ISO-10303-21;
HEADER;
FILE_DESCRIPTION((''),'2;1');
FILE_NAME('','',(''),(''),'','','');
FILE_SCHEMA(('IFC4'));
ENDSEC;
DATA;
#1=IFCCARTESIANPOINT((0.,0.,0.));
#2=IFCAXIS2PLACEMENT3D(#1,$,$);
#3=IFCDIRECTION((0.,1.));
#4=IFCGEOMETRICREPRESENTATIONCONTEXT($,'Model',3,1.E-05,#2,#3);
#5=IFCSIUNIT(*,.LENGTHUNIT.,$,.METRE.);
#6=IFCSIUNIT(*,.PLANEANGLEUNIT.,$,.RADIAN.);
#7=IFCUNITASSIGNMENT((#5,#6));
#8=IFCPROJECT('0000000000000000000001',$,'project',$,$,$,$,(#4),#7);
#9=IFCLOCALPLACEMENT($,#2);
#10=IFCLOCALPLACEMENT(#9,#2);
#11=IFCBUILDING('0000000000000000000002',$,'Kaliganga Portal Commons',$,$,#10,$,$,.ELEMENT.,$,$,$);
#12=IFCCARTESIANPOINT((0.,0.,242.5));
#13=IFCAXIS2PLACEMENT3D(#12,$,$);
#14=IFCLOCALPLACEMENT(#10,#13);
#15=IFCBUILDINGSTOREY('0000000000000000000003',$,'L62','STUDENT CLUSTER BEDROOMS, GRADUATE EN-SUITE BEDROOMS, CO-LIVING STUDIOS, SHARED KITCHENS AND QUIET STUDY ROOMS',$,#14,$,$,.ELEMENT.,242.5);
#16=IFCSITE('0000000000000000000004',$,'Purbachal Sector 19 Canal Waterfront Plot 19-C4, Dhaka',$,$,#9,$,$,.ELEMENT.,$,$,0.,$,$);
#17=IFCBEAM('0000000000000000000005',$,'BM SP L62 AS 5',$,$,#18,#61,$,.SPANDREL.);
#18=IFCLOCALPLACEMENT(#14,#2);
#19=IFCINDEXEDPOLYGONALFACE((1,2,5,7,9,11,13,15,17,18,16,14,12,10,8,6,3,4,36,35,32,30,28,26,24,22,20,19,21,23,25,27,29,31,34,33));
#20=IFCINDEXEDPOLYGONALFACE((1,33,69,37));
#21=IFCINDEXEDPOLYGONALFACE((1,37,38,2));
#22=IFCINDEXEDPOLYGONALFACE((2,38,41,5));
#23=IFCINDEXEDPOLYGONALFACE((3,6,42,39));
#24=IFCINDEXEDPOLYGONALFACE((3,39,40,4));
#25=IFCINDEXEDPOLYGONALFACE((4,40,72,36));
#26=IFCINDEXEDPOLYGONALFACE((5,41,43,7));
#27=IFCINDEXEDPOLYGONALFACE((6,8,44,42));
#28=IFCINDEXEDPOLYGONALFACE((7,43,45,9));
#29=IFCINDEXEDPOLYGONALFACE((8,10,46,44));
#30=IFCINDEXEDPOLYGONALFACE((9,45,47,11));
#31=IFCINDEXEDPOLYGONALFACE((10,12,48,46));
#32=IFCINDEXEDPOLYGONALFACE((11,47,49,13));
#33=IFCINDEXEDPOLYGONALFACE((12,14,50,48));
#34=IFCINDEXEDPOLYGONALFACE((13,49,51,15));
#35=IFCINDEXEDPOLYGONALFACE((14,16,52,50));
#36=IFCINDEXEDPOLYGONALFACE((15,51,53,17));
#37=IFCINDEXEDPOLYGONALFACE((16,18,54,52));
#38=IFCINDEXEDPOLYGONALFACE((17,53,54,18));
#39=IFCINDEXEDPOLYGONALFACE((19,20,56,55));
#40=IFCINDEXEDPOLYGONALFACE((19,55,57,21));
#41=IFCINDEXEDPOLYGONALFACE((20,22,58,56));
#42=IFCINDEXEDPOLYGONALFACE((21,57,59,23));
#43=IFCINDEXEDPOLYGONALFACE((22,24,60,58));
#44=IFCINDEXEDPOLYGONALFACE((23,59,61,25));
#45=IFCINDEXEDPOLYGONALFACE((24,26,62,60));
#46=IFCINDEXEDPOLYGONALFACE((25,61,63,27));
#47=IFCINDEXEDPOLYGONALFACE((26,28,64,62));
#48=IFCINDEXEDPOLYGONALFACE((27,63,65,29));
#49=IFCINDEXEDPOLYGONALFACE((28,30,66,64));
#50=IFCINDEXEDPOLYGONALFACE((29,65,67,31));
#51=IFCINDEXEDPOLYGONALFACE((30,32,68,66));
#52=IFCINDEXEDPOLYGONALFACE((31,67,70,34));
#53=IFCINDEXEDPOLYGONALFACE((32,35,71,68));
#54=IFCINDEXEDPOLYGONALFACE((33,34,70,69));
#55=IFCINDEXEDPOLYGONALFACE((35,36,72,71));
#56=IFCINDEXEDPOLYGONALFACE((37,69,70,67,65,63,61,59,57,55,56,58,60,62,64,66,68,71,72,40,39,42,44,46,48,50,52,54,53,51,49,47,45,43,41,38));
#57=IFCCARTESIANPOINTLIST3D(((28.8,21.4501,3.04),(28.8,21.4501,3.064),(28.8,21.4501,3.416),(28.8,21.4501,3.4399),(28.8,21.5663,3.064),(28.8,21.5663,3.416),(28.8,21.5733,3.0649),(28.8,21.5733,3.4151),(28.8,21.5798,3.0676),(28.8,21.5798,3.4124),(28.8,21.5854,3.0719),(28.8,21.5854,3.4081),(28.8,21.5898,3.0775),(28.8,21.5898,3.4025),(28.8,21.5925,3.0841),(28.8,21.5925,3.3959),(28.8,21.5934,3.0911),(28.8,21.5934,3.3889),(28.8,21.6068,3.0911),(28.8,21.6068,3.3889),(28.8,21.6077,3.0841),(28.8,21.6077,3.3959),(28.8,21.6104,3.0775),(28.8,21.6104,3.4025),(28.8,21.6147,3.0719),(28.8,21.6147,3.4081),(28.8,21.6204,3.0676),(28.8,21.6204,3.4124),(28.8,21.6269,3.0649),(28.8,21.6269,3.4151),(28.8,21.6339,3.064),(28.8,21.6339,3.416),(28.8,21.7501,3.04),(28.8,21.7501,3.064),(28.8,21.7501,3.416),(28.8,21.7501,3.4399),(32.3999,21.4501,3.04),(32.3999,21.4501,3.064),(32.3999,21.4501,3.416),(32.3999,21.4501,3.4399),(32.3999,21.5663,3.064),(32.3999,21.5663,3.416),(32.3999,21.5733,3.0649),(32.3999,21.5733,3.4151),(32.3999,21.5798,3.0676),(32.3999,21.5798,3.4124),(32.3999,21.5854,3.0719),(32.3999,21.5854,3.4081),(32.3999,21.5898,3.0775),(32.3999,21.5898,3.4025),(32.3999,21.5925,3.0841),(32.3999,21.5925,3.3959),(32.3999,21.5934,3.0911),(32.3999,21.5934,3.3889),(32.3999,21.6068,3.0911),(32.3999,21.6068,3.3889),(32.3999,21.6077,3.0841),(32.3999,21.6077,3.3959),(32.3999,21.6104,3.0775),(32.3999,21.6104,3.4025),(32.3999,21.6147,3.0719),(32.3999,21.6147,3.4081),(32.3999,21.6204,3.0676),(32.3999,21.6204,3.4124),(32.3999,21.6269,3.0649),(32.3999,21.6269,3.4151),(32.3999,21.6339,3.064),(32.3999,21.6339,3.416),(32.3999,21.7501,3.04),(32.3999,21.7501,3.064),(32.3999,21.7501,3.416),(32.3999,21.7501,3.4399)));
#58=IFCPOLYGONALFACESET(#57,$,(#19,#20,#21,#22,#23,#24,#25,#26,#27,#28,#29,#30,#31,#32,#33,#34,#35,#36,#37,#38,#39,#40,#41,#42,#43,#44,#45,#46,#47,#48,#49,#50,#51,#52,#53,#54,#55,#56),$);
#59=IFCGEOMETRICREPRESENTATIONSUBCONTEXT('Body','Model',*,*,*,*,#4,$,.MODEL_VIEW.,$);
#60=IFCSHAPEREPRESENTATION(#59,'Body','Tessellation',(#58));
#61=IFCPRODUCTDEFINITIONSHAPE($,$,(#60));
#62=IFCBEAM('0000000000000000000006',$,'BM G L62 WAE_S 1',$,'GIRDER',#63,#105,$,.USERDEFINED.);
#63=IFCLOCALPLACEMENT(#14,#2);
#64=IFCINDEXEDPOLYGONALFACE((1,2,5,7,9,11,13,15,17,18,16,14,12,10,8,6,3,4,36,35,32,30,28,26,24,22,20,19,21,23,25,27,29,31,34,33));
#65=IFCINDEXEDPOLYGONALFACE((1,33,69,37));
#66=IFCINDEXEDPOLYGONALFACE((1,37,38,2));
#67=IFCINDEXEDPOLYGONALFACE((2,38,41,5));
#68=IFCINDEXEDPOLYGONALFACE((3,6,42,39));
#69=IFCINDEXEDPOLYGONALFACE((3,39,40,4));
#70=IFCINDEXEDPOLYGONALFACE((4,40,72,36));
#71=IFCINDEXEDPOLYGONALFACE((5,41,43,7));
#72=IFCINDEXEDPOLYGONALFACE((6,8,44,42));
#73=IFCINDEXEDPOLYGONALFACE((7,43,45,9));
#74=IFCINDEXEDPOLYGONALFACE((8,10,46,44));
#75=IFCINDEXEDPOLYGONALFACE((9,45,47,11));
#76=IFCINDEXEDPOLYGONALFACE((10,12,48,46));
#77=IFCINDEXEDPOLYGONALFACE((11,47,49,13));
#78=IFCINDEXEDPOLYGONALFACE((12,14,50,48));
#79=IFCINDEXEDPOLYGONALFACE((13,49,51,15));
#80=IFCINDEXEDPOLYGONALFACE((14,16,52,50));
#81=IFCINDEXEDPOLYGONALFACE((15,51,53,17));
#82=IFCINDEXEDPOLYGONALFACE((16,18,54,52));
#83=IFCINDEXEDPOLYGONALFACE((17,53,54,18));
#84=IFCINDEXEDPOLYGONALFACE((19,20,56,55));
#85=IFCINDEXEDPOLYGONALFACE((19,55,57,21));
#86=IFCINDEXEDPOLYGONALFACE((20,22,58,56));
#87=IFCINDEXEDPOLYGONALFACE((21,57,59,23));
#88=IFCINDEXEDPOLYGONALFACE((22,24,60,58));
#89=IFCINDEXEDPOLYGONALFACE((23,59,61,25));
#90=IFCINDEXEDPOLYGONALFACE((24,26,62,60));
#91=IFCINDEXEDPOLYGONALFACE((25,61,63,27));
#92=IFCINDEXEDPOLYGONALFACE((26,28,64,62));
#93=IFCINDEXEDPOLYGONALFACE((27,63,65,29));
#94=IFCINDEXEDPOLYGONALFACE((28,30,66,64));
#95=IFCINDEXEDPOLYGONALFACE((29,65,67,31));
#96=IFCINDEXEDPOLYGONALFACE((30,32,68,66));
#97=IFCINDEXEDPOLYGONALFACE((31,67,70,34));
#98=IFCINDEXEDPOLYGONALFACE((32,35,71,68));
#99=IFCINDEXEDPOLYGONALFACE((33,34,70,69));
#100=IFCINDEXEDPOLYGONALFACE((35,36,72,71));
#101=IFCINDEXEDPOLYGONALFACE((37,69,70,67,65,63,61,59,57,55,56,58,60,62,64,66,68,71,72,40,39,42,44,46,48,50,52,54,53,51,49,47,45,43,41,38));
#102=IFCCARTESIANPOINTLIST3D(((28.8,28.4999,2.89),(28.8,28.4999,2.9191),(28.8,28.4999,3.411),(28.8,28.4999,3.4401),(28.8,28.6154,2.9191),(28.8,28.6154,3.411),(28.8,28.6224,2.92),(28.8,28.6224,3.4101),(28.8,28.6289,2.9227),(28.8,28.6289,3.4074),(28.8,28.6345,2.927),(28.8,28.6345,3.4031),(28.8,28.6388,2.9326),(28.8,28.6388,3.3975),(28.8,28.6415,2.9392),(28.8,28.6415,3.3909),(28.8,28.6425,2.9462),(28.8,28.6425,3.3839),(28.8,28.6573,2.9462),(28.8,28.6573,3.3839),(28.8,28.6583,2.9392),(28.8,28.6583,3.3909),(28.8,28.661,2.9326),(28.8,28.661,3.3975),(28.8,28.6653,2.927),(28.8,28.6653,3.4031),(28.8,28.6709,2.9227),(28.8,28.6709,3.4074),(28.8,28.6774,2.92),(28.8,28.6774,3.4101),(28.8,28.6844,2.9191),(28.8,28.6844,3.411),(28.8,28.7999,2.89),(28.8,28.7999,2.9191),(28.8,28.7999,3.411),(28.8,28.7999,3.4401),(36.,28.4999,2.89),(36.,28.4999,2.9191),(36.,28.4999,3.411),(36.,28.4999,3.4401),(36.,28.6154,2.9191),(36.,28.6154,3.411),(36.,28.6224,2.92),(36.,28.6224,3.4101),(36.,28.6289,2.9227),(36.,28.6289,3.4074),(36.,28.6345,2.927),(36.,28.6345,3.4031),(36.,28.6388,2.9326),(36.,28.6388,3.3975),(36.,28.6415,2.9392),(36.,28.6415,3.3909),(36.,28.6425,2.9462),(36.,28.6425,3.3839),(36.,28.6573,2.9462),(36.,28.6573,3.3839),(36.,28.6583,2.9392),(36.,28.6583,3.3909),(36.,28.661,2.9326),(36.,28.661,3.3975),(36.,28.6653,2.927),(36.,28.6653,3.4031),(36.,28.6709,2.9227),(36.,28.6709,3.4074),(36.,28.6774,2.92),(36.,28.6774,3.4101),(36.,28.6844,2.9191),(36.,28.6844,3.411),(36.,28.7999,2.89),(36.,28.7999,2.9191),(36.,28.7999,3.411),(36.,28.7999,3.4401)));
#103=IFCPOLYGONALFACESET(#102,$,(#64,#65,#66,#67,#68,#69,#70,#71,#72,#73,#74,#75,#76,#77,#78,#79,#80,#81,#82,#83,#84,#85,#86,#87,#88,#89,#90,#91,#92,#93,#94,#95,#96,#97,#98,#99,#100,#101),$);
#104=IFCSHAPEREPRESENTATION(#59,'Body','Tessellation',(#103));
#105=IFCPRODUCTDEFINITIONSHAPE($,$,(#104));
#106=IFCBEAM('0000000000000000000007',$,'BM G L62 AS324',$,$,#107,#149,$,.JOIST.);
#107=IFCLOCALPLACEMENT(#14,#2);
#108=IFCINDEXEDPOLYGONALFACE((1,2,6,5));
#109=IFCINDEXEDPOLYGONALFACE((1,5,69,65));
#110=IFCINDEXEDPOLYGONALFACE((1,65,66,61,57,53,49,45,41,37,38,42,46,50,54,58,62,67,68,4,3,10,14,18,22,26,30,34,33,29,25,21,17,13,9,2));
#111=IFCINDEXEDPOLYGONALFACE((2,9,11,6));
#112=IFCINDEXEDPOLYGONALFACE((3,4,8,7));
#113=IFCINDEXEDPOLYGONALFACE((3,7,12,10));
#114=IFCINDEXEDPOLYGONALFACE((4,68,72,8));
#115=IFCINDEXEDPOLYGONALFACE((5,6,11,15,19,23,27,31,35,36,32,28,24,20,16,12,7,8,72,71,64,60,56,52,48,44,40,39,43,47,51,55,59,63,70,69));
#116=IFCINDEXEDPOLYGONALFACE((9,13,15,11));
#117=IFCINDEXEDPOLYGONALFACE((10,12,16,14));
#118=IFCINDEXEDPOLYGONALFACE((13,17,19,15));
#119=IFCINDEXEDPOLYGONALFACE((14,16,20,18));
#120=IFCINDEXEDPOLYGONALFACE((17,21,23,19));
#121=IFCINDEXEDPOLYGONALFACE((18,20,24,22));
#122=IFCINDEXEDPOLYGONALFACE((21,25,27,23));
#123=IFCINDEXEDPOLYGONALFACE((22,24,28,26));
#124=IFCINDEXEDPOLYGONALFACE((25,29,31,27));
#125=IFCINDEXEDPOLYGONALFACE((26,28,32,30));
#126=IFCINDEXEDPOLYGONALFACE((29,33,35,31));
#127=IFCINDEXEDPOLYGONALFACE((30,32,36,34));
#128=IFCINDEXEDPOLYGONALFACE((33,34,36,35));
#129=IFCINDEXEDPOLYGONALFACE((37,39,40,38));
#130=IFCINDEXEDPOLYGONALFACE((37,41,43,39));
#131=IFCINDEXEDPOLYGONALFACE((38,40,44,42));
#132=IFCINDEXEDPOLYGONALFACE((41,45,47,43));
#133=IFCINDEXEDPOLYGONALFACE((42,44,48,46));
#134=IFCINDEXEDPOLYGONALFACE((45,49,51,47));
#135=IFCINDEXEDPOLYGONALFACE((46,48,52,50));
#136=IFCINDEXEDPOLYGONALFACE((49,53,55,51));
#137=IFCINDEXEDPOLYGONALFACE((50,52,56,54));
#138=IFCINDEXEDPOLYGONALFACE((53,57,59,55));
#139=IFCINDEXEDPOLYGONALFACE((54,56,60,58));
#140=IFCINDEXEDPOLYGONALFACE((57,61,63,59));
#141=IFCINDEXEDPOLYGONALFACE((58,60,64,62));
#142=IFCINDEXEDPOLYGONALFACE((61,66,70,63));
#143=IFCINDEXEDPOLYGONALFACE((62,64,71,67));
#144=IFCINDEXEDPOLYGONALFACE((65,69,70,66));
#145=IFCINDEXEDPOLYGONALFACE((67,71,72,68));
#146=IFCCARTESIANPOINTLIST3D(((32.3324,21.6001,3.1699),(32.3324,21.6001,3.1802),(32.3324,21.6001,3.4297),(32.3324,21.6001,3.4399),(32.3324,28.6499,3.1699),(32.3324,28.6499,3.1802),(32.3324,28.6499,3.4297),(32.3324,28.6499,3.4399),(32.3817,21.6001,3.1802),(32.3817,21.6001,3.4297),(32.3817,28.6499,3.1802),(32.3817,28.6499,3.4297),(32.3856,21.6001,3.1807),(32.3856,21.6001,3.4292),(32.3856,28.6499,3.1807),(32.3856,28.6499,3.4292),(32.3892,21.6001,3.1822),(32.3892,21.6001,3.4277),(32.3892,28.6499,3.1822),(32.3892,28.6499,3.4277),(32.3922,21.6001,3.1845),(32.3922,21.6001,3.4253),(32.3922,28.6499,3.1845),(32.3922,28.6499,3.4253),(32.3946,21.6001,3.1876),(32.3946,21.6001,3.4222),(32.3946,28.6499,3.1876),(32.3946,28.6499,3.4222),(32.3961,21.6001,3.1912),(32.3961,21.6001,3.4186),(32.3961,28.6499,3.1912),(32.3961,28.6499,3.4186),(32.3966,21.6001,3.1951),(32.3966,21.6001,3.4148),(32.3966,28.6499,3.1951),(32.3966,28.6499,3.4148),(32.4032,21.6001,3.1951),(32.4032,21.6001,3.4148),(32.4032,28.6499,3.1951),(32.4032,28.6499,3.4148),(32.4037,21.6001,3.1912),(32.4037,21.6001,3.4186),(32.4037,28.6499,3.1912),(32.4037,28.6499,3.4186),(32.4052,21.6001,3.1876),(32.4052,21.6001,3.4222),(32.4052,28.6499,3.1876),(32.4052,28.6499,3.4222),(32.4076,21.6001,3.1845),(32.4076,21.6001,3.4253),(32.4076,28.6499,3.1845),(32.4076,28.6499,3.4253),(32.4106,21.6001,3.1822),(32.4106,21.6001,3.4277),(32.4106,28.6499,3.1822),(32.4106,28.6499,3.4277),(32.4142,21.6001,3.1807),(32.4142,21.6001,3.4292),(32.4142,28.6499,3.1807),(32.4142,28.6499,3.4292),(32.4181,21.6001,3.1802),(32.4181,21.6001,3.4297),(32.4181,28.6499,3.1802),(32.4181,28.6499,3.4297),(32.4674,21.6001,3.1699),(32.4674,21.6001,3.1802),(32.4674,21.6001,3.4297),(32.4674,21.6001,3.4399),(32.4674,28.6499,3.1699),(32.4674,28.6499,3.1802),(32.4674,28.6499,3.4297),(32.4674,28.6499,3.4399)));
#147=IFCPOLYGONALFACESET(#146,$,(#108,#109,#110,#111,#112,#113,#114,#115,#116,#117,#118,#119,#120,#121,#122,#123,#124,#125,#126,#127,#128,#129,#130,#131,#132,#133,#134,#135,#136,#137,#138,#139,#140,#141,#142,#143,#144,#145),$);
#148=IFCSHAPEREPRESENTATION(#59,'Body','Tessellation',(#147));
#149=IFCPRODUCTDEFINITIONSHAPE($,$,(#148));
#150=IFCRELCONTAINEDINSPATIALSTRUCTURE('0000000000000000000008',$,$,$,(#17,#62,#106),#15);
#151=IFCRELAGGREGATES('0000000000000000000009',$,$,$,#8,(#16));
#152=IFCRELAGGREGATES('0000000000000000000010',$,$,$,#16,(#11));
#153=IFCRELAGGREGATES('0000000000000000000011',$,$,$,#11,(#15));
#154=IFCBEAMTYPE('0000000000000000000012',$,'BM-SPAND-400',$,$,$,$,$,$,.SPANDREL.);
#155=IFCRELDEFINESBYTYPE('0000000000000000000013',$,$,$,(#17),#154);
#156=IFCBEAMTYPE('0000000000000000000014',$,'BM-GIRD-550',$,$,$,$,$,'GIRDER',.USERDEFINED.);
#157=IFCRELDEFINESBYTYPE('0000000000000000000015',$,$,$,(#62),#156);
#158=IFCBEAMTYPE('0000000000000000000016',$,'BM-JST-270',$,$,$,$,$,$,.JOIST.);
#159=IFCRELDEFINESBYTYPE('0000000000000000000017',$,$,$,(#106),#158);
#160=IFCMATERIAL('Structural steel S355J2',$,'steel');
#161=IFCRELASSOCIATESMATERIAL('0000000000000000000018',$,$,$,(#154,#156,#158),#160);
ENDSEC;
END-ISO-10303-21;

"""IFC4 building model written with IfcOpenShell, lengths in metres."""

from ifc_helpers import new_model, si_unit, direction, frame, origin, origin_2d, place, context, subcontext, project, spatial, i_section, extrude, source, transform, mapped, material, material_profile, profile_set, type_object, element, save


model = new_model("IFC4")

# Units and contexts
model_context = context("Model", 3, precision=1e-05, world=origin(), true_north=direction((0.0, 1.0)))
body_context = subcontext(model_context, "Body", "Model", "MODEL_VIEW")
ifc_project = project(units=[si_unit("LENGTHUNIT", "METRE"), si_unit("PLANEANGLEUNIT", "RADIAN")], contexts=[model_context])

# Site, building, storey
site_placement = place(None, origin())
site = spatial("IfcSite", under=ifc_project, at=site_placement, Name="Purbachal Sector 19 Canal Waterfront Plot 19-C4, Dhaka", CompositionType="ELEMENT", RefElevation=0.0)
building_placement = place(site_placement, origin())
building = spatial("IfcBuilding", under=site, at=building_placement, Name="Kaliganga Portal Commons", CompositionType="ELEMENT")
storey_placement = place(building_placement, frame((0.0, 0.0, 242.5)))
storey = spatial("IfcBuildingStorey", under=building, at=storey_placement, Name="L62", Description="STUDENT CLUSTER BEDROOMS, GRADUATE EN-SUITE BEDROOMS, CO-LIVING STUDIOS, SHARED KITCHENS AND QUIET STUDY ROOMS", CompositionType="ELEMENT", Elevation=242.5)

# Shared definitions
ifc_material_1 = material(Name="Structural steel S355J2", Category="steel")

# Beams
ifc_material_profile_1 = material_profile(ifc_material_1, i_section(OverallWidth=0.3, OverallDepth=0.3999, WebThickness=0.0134, FlangeThickness=0.0239, FilletRadius=0.0271, at=origin_2d()), Name="HE 400 B")
ifc_profile_set_1 = profile_set([ifc_material_profile_1], Name="Structural steel S355J2 wide-flange")
beam_type_1 = type_object("IfcBeamType", Name="BM-SPAND-400", PredefinedType="SPANDREL", material=ifc_profile_set_1)
shared_shape_1 = source(origin(), body_context, "Body", "SweptSolid", [
    extrude(i_section(OverallWidth=0.3, OverallDepth=0.3999, WebThickness=0.0134, FlangeThickness=0.0239, FilletRadius=0.0271, at=origin_2d()), origin(), (0.0, 0.0, 1.0), 3.5999),
])
beam_1_placement = place(storey_placement, frame((28.8, 21.6001, 3.24), z_axis=(1.0, 0.0, 0.0), x_axis=(0.0, 1.0, 0.0)))
element("IfcBeam", 1, at=beam_1_placement, inside=storey, type_object=beam_type_1, Name="BM SP L62 AS 5", PredefinedType="SPANDREL", context=body_context, shape_type="MappedRepresentation", body=[
    mapped(shared_shape_1, transform((0.0, 0.0, 0.0), x_axis=(1.0, 0.0, 0.0), y_axis=(0.0, 1.0, 0.0), z_axis=(0.0, 0.0, 1.0), scale=1.0)),
])
ifc_material_profile_2 = material_profile(ifc_material_1, i_section(OverallWidth=0.3, OverallDepth=0.55, WebThickness=0.0149, FlangeThickness=0.0291, FilletRadius=0.0271, at=origin_2d()), Name="HE 550 B")
ifc_profile_set_2 = profile_set([ifc_material_profile_2], Name="Structural steel S355J2 wide-flange")
beam_type_2 = type_object("IfcBeamType", Name="BM-GIRD-550", ElementType="GIRDER", PredefinedType="USERDEFINED", material=ifc_profile_set_2)
shared_shape_2 = source(origin(), body_context, "Body", "SweptSolid", [
    extrude(i_section(OverallWidth=0.3, OverallDepth=0.55, WebThickness=0.0149, FlangeThickness=0.0291, FilletRadius=0.0271, at=origin_2d()), origin(), (0.0, 0.0, 1.0), 7.2),
])
beam_2_placement = place(storey_placement, frame((28.8, 28.6499, 3.165), z_axis=(1.0, 0.0, 0.0), x_axis=(0.0, 1.0, 0.0)))
element("IfcBeam", 2, at=beam_2_placement, inside=storey, type_object=beam_type_2, Name="BM G L62 WAE_S 1", ObjectType="GIRDER", PredefinedType="USERDEFINED", context=body_context, shape_type="MappedRepresentation", body=[
    mapped(shared_shape_2, transform((0.0, 0.0, 0.0), x_axis=(1.0, 0.0, 0.0), y_axis=(0.0, 1.0, 0.0), z_axis=(0.0, 0.0, 1.0), scale=1.0)),
])
ifc_material_profile_3 = material_profile(ifc_material_1, i_section(OverallWidth=0.135, OverallDepth=0.27, WebThickness=0.0066, FlangeThickness=0.0103, FilletRadius=0.0149, at=origin_2d()), Name="IPE 270")
ifc_profile_set_3 = profile_set([ifc_material_profile_3], Name="Structural steel S355J2 wide-flange")
beam_type_3 = type_object("IfcBeamType", Name="BM-JST-270", PredefinedType="JOIST", material=ifc_profile_set_3)
shared_shape_3 = source(origin(), body_context, "Body", "SweptSolid", [
    extrude(i_section(OverallWidth=0.135, OverallDepth=0.27, WebThickness=0.0066, FlangeThickness=0.0103, FilletRadius=0.0149, at=origin_2d()), origin(), (0.0, 0.0, 1.0), 7.0498),
])
beam_3_placement = place(storey_placement, frame((32.3999, 21.6001, 3.3049), z_axis=(0.0, 1.0, 0.0), x_axis=(-1.0, 0.0, 0.0)))
element("IfcBeam", 3, at=beam_3_placement, inside=storey, type_object=beam_type_3, Name="BM G L62 AS324", PredefinedType="JOIST", context=body_context, shape_type="MappedRepresentation", body=[
    mapped(shared_shape_3, transform((0.0, 0.0, 0.0), x_axis=(1.0, 0.0, 0.0), y_axis=(0.0, 1.0, 0.0), z_axis=(0.0, 0.0, 1.0), scale=1.0)),
])

save(model, "model.ifc")
